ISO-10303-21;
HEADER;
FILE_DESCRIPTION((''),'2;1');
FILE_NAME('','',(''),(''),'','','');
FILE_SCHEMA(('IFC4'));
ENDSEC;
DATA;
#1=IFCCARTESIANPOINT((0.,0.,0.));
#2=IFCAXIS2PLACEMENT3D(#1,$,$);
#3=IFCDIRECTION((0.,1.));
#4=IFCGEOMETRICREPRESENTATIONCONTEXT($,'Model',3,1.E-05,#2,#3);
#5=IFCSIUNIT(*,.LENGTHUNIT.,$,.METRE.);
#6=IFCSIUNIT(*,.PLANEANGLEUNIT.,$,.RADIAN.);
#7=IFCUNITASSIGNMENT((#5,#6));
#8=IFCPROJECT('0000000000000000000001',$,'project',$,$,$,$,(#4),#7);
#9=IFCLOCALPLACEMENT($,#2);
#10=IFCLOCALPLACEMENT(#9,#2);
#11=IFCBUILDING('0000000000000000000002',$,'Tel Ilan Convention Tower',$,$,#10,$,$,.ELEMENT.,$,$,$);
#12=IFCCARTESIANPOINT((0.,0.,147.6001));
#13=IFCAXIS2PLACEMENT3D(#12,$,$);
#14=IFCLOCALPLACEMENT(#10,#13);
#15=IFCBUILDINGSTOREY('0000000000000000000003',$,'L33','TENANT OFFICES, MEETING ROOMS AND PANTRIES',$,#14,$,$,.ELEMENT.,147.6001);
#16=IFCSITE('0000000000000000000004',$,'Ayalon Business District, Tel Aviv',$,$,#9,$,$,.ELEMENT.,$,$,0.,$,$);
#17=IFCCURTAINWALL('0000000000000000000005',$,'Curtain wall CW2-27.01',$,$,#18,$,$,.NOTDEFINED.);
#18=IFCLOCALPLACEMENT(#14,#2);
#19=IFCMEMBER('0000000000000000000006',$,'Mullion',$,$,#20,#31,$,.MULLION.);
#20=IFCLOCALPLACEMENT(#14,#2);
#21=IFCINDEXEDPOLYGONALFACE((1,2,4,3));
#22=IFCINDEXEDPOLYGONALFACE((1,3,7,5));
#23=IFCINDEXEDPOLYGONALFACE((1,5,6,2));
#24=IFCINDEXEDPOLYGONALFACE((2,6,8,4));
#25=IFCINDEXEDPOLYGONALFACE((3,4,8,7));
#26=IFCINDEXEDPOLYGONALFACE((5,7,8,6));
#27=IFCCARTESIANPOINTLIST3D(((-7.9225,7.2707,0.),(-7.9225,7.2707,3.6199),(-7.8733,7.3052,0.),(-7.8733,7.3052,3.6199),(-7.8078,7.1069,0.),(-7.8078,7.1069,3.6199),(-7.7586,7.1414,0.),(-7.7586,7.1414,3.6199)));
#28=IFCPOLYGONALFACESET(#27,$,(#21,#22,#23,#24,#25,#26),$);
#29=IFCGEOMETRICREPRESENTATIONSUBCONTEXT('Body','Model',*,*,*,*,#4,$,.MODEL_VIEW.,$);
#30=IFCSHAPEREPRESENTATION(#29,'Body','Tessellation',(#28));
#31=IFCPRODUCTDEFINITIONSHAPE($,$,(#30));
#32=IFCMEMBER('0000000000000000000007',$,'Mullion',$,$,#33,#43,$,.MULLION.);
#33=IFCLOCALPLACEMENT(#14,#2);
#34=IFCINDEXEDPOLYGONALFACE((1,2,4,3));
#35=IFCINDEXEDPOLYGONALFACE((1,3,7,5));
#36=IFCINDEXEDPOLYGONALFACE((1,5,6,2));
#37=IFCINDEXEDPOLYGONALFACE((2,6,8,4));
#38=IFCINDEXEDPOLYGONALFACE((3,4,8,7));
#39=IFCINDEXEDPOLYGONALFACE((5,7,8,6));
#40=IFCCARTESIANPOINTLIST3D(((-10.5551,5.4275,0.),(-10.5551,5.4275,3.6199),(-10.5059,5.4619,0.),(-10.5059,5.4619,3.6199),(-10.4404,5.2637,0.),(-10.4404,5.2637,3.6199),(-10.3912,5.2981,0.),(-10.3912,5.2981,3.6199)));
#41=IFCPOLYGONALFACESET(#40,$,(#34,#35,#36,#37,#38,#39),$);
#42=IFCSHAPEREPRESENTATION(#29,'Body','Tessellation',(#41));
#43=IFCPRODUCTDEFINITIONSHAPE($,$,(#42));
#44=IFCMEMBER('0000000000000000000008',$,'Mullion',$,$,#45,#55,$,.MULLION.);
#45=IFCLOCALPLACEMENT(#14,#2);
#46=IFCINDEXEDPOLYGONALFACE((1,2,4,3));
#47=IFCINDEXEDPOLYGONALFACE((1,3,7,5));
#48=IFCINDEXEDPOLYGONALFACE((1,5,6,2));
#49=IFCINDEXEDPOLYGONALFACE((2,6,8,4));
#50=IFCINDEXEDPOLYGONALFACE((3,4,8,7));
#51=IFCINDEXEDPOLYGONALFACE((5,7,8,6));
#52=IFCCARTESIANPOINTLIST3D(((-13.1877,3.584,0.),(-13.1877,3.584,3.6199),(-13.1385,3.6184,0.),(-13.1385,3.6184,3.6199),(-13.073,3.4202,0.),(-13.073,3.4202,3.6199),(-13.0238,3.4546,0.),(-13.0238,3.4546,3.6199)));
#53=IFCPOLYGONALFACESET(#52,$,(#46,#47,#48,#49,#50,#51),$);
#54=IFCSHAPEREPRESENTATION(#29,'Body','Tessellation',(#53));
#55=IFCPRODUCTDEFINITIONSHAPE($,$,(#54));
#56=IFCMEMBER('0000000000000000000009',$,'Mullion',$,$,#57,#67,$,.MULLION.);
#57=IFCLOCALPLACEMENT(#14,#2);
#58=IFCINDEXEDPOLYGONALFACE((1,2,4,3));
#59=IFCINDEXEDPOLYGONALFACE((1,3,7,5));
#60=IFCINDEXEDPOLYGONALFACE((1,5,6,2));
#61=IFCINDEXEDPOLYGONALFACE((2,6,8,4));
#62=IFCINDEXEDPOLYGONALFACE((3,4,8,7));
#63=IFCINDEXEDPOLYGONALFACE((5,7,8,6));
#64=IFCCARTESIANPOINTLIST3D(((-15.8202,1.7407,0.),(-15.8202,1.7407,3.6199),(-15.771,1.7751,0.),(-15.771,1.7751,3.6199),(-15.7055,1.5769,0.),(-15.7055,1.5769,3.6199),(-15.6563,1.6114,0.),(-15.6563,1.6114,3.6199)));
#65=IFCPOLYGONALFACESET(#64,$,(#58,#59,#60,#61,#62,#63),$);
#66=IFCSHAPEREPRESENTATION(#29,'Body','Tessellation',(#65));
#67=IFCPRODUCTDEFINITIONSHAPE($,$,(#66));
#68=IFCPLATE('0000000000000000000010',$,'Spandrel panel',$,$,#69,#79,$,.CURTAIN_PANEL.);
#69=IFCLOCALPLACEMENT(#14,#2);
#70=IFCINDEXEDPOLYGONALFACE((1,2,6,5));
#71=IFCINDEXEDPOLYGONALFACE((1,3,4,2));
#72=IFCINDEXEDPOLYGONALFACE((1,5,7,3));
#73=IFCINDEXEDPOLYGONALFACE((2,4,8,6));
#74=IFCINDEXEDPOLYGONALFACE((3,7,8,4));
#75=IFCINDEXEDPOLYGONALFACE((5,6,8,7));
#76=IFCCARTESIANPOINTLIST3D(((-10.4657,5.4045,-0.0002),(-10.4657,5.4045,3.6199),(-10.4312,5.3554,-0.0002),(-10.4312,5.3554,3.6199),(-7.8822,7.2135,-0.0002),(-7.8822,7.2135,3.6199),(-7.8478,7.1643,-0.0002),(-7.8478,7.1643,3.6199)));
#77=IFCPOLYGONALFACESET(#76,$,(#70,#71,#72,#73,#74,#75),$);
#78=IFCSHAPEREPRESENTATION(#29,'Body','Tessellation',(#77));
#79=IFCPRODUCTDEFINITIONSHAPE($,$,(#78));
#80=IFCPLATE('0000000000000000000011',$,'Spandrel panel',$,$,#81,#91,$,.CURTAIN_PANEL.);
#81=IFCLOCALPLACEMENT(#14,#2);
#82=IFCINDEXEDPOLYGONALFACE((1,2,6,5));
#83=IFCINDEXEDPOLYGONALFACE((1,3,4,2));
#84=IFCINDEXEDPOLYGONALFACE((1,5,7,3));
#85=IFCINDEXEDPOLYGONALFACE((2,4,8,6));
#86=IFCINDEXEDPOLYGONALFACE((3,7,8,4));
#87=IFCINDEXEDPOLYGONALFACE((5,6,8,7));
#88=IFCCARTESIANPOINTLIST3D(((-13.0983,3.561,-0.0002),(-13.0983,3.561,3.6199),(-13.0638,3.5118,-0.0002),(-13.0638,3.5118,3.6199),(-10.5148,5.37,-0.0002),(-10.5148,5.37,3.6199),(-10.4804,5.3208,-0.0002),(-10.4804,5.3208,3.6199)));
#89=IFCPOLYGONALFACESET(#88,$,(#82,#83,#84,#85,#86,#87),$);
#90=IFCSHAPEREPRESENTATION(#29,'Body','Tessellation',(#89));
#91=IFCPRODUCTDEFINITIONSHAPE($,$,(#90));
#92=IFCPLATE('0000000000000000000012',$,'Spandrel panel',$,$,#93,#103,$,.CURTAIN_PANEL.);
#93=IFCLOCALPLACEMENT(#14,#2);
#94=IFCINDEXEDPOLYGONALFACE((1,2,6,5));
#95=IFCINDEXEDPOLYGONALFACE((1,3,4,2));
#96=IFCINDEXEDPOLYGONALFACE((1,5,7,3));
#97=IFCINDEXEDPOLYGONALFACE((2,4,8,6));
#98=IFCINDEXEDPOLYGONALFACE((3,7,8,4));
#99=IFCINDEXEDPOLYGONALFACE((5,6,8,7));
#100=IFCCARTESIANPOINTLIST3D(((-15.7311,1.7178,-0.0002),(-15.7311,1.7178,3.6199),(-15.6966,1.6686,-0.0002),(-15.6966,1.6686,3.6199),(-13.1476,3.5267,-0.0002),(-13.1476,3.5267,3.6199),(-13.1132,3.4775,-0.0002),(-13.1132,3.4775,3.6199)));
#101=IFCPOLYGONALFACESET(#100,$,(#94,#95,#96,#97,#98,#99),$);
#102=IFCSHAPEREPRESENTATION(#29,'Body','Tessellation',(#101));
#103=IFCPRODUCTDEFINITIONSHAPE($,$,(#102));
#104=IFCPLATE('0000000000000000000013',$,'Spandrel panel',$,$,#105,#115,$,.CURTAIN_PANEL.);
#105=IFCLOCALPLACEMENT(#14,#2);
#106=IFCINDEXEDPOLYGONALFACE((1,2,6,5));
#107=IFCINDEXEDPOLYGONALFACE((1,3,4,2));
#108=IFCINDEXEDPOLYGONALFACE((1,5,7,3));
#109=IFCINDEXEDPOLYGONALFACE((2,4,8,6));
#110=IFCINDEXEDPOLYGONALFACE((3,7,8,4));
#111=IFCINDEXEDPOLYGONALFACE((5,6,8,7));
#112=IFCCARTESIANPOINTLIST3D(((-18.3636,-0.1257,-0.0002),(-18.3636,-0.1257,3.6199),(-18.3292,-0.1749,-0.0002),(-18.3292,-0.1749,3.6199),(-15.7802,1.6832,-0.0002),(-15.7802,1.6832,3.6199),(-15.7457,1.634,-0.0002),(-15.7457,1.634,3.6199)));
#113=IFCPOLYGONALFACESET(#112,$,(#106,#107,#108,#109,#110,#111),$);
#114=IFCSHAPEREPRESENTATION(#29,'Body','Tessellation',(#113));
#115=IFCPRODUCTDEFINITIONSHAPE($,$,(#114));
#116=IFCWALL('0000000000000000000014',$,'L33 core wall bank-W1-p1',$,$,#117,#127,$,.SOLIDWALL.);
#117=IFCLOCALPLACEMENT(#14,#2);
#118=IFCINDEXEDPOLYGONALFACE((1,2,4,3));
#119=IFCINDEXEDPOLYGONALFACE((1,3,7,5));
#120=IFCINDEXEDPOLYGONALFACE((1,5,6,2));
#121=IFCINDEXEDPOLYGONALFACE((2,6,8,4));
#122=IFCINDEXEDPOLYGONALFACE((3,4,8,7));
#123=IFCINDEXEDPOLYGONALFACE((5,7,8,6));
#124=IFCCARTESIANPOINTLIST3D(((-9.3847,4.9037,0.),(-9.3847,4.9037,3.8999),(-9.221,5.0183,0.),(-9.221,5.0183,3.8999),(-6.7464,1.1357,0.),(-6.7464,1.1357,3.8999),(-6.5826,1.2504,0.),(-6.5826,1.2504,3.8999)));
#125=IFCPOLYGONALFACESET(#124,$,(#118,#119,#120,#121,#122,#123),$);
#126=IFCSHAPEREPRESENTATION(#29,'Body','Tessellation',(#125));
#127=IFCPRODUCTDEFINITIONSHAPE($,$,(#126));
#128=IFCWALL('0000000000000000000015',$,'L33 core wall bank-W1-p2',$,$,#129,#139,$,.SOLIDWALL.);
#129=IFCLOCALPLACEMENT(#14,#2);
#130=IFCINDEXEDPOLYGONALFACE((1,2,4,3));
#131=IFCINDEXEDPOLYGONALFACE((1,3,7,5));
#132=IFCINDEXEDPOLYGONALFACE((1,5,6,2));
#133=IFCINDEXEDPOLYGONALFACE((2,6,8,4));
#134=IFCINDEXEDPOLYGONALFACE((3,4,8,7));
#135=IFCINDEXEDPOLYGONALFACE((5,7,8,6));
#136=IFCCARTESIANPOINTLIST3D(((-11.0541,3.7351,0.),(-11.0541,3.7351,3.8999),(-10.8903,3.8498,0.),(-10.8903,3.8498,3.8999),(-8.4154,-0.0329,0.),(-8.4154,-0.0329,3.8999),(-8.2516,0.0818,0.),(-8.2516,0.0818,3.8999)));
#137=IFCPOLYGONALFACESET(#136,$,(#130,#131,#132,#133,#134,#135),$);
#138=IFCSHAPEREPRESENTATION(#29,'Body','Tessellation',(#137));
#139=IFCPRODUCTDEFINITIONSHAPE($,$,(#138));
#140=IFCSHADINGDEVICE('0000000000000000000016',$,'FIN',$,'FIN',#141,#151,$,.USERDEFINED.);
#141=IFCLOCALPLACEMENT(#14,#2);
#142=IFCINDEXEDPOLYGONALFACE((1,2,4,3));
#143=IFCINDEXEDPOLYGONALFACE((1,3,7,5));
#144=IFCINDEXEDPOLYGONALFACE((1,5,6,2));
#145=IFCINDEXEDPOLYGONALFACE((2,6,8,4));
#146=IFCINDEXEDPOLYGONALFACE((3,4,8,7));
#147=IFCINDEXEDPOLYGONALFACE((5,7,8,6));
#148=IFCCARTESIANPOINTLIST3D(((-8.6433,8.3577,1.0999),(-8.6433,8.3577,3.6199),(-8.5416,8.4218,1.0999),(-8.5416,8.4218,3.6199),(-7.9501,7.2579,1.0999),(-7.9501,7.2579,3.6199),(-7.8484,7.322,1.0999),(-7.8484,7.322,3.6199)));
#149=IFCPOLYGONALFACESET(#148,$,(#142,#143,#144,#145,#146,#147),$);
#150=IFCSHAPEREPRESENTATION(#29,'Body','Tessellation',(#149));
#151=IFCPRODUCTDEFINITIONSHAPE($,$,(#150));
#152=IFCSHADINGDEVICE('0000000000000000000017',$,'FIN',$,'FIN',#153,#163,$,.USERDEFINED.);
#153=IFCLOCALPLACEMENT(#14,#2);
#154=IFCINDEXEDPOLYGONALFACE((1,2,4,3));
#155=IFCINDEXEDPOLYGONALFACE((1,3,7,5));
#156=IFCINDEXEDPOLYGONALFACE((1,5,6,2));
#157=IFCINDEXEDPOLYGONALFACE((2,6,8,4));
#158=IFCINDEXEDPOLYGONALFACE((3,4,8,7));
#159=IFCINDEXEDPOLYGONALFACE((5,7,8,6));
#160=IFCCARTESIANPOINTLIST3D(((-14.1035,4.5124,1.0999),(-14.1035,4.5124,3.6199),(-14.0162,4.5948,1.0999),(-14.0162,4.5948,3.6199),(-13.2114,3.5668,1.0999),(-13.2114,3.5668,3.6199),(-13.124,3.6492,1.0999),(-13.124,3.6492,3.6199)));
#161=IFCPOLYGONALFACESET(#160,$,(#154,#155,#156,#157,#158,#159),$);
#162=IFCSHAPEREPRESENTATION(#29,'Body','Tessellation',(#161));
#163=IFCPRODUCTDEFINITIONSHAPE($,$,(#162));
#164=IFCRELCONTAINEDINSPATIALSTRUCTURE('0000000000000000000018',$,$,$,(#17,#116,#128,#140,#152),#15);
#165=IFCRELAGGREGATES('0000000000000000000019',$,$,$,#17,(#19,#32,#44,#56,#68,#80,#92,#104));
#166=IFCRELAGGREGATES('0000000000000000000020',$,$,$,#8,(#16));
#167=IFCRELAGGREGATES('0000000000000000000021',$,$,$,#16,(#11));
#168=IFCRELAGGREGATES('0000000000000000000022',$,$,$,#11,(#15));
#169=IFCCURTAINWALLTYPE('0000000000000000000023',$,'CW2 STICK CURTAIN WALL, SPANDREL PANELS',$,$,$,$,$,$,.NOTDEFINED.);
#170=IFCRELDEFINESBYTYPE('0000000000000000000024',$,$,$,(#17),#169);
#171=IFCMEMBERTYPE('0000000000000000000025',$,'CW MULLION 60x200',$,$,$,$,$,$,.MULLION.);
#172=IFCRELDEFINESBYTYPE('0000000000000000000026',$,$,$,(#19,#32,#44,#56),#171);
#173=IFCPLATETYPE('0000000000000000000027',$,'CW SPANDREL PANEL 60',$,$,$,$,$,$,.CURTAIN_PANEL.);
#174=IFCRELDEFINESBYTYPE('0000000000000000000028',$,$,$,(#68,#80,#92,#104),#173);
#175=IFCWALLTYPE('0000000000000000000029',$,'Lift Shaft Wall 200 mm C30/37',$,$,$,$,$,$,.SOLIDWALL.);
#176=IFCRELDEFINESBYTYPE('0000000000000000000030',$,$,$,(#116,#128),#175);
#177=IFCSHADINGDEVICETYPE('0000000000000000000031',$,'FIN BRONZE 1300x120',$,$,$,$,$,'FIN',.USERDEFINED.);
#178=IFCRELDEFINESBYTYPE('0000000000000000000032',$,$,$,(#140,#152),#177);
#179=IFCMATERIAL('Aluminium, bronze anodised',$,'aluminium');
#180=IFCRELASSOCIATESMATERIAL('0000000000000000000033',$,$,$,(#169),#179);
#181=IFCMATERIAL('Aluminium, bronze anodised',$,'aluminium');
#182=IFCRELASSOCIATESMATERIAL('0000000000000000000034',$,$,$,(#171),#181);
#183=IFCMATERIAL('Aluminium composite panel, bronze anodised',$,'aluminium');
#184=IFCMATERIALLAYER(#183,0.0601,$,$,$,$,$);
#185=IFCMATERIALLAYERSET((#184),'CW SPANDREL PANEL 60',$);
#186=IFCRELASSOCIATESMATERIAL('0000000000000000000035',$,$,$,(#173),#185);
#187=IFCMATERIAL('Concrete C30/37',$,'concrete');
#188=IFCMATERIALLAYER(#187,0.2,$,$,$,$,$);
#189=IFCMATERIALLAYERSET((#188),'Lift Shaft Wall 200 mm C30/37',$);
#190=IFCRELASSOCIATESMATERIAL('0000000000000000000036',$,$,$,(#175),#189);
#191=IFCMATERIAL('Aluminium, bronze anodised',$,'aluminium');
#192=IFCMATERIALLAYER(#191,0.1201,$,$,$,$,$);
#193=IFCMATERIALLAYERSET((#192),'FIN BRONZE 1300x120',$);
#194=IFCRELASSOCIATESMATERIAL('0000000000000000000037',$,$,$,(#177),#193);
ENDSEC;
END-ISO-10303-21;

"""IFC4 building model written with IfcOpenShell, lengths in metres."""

from ifc_helpers import new_model, si_unit, direction, frame, frame_2d, origin, origin_2d, place, context, subcontext, project, spatial, rectangle, extrude, material, layer, layer_set, material_profile, profile_set, type_object, element, aggregate, save


model = new_model("IFC4")

# Units and contexts
model_context = context("Model", 3, precision=1e-05, world=origin(), true_north=direction((0.0, 1.0)))
body_context = subcontext(model_context, "Body", "Model", "MODEL_VIEW")
ifc_project = project(units=[si_unit("LENGTHUNIT", "METRE"), si_unit("PLANEANGLEUNIT", "RADIAN")], contexts=[model_context])

# Site, building, storey
site_placement = place(None, origin())
site = spatial("IfcSite", under=ifc_project, at=site_placement, Name="Ayalon Business District, Tel Aviv", CompositionType="ELEMENT", RefElevation=0.0)
building_placement = place(site_placement, origin())
building = spatial("IfcBuilding", under=site, at=building_placement, Name="Tel Ilan Convention Tower", CompositionType="ELEMENT")
storey_placement = place(building_placement, frame((0.0, 0.0, 147.6001)))
storey = spatial("IfcBuildingStorey", under=building, at=storey_placement, Name="L33", Description="TENANT OFFICES, MEETING ROOMS AND PANTRIES", CompositionType="ELEMENT", Elevation=147.6001)

# Curtain wall, members, plates
ifc_material_1 = material(Name="Aluminium, bronze anodised", Category="aluminium")
curtain_wall_type = type_object("IfcCurtainWallType", Name="CW2 STICK CURTAIN WALL, SPANDREL PANELS", PredefinedType="NOTDEFINED", material=ifc_material_1)
curtain_wall_placement = place(storey_placement, origin())
curtain_wall = element("IfcCurtainWall", 1, at=curtain_wall_placement, inside=storey, type_object=curtain_wall_type, Name="Curtain wall CW2-27.01", PredefinedType="NOTDEFINED")
ifc_material_2 = material(Name="Aluminium, bronze anodised", Category="aluminium")
ifc_material_profile = material_profile(ifc_material_2, rectangle(XDim=0.0601, YDim=0.2, at=origin_2d()), Name="CW MULLION 60x200")
ifc_profile_set = profile_set([ifc_material_profile], Name="Aluminium, bronze anodised")
member_type = type_object("IfcMemberType", Name="CW MULLION 60x200", PredefinedType="MULLION", material=ifc_profile_set)
member_1_placement = place(storey_placement, frame((-7.8406, 7.2061, 0.0), z_axis=(0.0, 0.0, 1.0), x_axis=(-0.819152, -0.573576, 0.0)))
member_1 = element("IfcMember", 2, at=member_1_placement, type_object=member_type, Name="Mullion", PredefinedType="MULLION", context=body_context, shape_type="SweptSolid", body=[
    extrude(rectangle(XDim=0.0601, YDim=0.2, at=origin_2d()), origin(), (0.0, 0.0, 1.0), 3.6199),
])
member_2_placement = place(storey_placement, frame((-10.4731, 5.3628, 0.0), z_axis=(0.0, 0.0, 1.0), x_axis=(-0.819152, -0.573576, 0.0)))
member_2 = element("IfcMember", 3, at=member_2_placement, type_object=member_type, Name="Mullion", PredefinedType="MULLION", context=body_context, shape_type="SweptSolid", body=[
    extrude(rectangle(XDim=0.0601, YDim=0.2, at=origin_2d()), origin(), (0.0, 0.0, 1.0), 3.6199),
])
member_3_placement = place(storey_placement, frame((-13.1057, 3.5193, 0.0), z_axis=(0.0, 0.0, 1.0), x_axis=(-0.819152, -0.573576, 0.0)))
member_3 = element("IfcMember", 4, at=member_3_placement, type_object=member_type, Name="Mullion", PredefinedType="MULLION", context=body_context, shape_type="SweptSolid", body=[
    extrude(rectangle(XDim=0.0601, YDim=0.2, at=origin_2d()), origin(), (0.0, 0.0, 1.0), 3.6199),
])
member_4_placement = place(storey_placement, frame((-15.7383, 1.676, 0.0), z_axis=(0.0, 0.0, 1.0), x_axis=(-0.819152, -0.573576, 0.0)))
member_4 = element("IfcMember", 5, at=member_4_placement, type_object=member_type, Name="Mullion", PredefinedType="MULLION", context=body_context, shape_type="SweptSolid", body=[
    extrude(rectangle(XDim=0.0601, YDim=0.2, at=origin_2d()), origin(), (0.0, 0.0, 1.0), 3.6199),
])
ifc_material_3 = material(Name="Aluminium composite panel, bronze anodised", Category="aluminium")
ifc_layer_1 = layer(ifc_material_3, 0.0601)
ifc_layer_set_1 = layer_set([ifc_layer_1], Name="CW SPANDREL PANEL 60")
plate_type = type_object("IfcPlateType", Name="CW SPANDREL PANEL 60", PredefinedType="CURTAIN_PANEL", material=ifc_layer_set_1)
plate_1_placement = place(storey_placement, frame((-9.1567, 6.2844, -0.0002), z_axis=(0.0, 0.0, 1.0), x_axis=(-0.819152, -0.573576, 0.0)))
plate_1 = element("IfcPlate", 6, at=plate_1_placement, type_object=plate_type, Name="Spandrel panel", PredefinedType="CURTAIN_PANEL", context=body_context, shape_type="SweptSolid", body=[
    extrude(rectangle(XDim=3.1538, YDim=0.0601, at=origin_2d()), origin(), (0.0, 0.0, 1.0), 3.6201),
])
plate_2_placement = place(storey_placement, frame((-11.7893, 4.4409, -0.0002), z_axis=(0.0, 0.0, 1.0), x_axis=(-0.819152, -0.573576, 0.0)))
plate_2 = element("IfcPlate", 7, at=plate_2_placement, type_object=plate_type, Name="Spandrel panel", PredefinedType="CURTAIN_PANEL", context=body_context, shape_type="SweptSolid", body=[
    extrude(rectangle(XDim=3.1538, YDim=0.0601, at=origin_2d()), origin(), (0.0, 0.0, 1.0), 3.6201),
])
plate_3_placement = place(storey_placement, frame((-14.4221, 2.5977, -0.0002), z_axis=(0.0, 0.0, 1.0), x_axis=(-0.819152, -0.573576, 0.0)))
plate_3 = element("IfcPlate", 8, at=plate_3_placement, type_object=plate_type, Name="Spandrel panel", PredefinedType="CURTAIN_PANEL", context=body_context, shape_type="SweptSolid", body=[
    extrude(rectangle(XDim=3.1538, YDim=0.0601, at=origin_2d()), origin(), (0.0, 0.0, 1.0), 3.6201),
])
plate_4_placement = place(storey_placement, frame((-17.0547, 0.7542, -0.0002), z_axis=(0.0, 0.0, 1.0), x_axis=(-0.819152, -0.573576, 0.0)))
plate_4 = element("IfcPlate", 9, at=plate_4_placement, type_object=plate_type, Name="Spandrel panel", PredefinedType="CURTAIN_PANEL", context=body_context, shape_type="SweptSolid", body=[
    extrude(rectangle(XDim=3.1538, YDim=0.0601, at=origin_2d()), origin(), (0.0, 0.0, 1.0), 3.6201),
])
aggregate(curtain_wall, [member_1, member_2, member_3, member_4, plate_1, plate_2, plate_3, plate_4])

# Walls
ifc_material_4 = material(Name="Concrete C30/37", Category="concrete")
ifc_layer_2 = layer(ifc_material_4, 0.2)
ifc_layer_set_2 = layer_set([ifc_layer_2], Name="Lift Shaft Wall 200 mm C30/37")
wall_type = type_object("IfcWallType", Name="Lift Shaft Wall 200 mm C30/37", PredefinedType="SOLIDWALL", material=ifc_layer_set_2)
wall_1_placement = place(storey_placement, frame((-6.6646, 1.1931, 0.0), z_axis=(0.0, 0.0, 1.0), x_axis=(-0.573576, 0.819152, 0.0)))
element("IfcWall", 10, at=wall_1_placement, inside=storey, type_object=wall_type, Name="L33 core wall bank-W1-p1", PredefinedType="SOLIDWALL", context=body_context, shape_type="SweptSolid", body=[
    extrude(rectangle(XDim=4.5999, YDim=0.2, at=frame_2d((2.2998, 0.0))), origin(), (0.0, 0.0, 1.0), 3.8999),
])
wall_2_placement = place(storey_placement, frame((-8.3335, 0.0244, 0.0), z_axis=(0.0, 0.0, 1.0), x_axis=(-0.573612, 0.819127, 0.0)))
element("IfcWall", 11, at=wall_2_placement, inside=storey, type_object=wall_type, Name="L33 core wall bank-W1-p2", PredefinedType="SOLIDWALL", context=body_context, shape_type="SweptSolid", body=[
    extrude(rectangle(XDim=4.6001, YDim=0.2, at=frame_2d((2.3, 0.0))), origin(), (0.0, 0.0, 1.0), 3.8999),
])

# Shading devices
ifc_material_5 = material(Name="Aluminium, bronze anodised", Category="aluminium")
ifc_layer_3 = layer(ifc_material_5, 0.1201)
ifc_layer_set_3 = layer_set([ifc_layer_3], Name="FIN BRONZE 1300x120")
shading_device_type = type_object("IfcShadingDeviceType", Name="FIN BRONZE 1300x120", ElementType="FIN", PredefinedType="USERDEFINED", material=ifc_layer_set_3)
for number, where, z_axis, x_axis, name in (
    (12, (-8.2458, 7.8398, 1.0999), (0.0, 0.0, 1.0), (-0.533204, 0.845986, 0.0), "FIN"),
    (13, (-13.6138, 4.0808, 1.0999), (0.0, 0.0, 1.0), (-0.686242, 0.727374, 0.0), "FIN"),
):
    element("IfcShadingDevice", number, at=place(storey_placement, frame(where, z_axis=z_axis, x_axis=x_axis)), inside=storey, type_object=shading_device_type, Name=name, ObjectType="FIN", PredefinedType="USERDEFINED", context=body_context, shape_type="SweptSolid", body=[
        extrude(rectangle(XDim=1.3, YDim=0.1201, at=origin_2d()), origin(), (0.0, 0.0, 1.0), 2.52),
    ])

save(model, "model.ifc")
